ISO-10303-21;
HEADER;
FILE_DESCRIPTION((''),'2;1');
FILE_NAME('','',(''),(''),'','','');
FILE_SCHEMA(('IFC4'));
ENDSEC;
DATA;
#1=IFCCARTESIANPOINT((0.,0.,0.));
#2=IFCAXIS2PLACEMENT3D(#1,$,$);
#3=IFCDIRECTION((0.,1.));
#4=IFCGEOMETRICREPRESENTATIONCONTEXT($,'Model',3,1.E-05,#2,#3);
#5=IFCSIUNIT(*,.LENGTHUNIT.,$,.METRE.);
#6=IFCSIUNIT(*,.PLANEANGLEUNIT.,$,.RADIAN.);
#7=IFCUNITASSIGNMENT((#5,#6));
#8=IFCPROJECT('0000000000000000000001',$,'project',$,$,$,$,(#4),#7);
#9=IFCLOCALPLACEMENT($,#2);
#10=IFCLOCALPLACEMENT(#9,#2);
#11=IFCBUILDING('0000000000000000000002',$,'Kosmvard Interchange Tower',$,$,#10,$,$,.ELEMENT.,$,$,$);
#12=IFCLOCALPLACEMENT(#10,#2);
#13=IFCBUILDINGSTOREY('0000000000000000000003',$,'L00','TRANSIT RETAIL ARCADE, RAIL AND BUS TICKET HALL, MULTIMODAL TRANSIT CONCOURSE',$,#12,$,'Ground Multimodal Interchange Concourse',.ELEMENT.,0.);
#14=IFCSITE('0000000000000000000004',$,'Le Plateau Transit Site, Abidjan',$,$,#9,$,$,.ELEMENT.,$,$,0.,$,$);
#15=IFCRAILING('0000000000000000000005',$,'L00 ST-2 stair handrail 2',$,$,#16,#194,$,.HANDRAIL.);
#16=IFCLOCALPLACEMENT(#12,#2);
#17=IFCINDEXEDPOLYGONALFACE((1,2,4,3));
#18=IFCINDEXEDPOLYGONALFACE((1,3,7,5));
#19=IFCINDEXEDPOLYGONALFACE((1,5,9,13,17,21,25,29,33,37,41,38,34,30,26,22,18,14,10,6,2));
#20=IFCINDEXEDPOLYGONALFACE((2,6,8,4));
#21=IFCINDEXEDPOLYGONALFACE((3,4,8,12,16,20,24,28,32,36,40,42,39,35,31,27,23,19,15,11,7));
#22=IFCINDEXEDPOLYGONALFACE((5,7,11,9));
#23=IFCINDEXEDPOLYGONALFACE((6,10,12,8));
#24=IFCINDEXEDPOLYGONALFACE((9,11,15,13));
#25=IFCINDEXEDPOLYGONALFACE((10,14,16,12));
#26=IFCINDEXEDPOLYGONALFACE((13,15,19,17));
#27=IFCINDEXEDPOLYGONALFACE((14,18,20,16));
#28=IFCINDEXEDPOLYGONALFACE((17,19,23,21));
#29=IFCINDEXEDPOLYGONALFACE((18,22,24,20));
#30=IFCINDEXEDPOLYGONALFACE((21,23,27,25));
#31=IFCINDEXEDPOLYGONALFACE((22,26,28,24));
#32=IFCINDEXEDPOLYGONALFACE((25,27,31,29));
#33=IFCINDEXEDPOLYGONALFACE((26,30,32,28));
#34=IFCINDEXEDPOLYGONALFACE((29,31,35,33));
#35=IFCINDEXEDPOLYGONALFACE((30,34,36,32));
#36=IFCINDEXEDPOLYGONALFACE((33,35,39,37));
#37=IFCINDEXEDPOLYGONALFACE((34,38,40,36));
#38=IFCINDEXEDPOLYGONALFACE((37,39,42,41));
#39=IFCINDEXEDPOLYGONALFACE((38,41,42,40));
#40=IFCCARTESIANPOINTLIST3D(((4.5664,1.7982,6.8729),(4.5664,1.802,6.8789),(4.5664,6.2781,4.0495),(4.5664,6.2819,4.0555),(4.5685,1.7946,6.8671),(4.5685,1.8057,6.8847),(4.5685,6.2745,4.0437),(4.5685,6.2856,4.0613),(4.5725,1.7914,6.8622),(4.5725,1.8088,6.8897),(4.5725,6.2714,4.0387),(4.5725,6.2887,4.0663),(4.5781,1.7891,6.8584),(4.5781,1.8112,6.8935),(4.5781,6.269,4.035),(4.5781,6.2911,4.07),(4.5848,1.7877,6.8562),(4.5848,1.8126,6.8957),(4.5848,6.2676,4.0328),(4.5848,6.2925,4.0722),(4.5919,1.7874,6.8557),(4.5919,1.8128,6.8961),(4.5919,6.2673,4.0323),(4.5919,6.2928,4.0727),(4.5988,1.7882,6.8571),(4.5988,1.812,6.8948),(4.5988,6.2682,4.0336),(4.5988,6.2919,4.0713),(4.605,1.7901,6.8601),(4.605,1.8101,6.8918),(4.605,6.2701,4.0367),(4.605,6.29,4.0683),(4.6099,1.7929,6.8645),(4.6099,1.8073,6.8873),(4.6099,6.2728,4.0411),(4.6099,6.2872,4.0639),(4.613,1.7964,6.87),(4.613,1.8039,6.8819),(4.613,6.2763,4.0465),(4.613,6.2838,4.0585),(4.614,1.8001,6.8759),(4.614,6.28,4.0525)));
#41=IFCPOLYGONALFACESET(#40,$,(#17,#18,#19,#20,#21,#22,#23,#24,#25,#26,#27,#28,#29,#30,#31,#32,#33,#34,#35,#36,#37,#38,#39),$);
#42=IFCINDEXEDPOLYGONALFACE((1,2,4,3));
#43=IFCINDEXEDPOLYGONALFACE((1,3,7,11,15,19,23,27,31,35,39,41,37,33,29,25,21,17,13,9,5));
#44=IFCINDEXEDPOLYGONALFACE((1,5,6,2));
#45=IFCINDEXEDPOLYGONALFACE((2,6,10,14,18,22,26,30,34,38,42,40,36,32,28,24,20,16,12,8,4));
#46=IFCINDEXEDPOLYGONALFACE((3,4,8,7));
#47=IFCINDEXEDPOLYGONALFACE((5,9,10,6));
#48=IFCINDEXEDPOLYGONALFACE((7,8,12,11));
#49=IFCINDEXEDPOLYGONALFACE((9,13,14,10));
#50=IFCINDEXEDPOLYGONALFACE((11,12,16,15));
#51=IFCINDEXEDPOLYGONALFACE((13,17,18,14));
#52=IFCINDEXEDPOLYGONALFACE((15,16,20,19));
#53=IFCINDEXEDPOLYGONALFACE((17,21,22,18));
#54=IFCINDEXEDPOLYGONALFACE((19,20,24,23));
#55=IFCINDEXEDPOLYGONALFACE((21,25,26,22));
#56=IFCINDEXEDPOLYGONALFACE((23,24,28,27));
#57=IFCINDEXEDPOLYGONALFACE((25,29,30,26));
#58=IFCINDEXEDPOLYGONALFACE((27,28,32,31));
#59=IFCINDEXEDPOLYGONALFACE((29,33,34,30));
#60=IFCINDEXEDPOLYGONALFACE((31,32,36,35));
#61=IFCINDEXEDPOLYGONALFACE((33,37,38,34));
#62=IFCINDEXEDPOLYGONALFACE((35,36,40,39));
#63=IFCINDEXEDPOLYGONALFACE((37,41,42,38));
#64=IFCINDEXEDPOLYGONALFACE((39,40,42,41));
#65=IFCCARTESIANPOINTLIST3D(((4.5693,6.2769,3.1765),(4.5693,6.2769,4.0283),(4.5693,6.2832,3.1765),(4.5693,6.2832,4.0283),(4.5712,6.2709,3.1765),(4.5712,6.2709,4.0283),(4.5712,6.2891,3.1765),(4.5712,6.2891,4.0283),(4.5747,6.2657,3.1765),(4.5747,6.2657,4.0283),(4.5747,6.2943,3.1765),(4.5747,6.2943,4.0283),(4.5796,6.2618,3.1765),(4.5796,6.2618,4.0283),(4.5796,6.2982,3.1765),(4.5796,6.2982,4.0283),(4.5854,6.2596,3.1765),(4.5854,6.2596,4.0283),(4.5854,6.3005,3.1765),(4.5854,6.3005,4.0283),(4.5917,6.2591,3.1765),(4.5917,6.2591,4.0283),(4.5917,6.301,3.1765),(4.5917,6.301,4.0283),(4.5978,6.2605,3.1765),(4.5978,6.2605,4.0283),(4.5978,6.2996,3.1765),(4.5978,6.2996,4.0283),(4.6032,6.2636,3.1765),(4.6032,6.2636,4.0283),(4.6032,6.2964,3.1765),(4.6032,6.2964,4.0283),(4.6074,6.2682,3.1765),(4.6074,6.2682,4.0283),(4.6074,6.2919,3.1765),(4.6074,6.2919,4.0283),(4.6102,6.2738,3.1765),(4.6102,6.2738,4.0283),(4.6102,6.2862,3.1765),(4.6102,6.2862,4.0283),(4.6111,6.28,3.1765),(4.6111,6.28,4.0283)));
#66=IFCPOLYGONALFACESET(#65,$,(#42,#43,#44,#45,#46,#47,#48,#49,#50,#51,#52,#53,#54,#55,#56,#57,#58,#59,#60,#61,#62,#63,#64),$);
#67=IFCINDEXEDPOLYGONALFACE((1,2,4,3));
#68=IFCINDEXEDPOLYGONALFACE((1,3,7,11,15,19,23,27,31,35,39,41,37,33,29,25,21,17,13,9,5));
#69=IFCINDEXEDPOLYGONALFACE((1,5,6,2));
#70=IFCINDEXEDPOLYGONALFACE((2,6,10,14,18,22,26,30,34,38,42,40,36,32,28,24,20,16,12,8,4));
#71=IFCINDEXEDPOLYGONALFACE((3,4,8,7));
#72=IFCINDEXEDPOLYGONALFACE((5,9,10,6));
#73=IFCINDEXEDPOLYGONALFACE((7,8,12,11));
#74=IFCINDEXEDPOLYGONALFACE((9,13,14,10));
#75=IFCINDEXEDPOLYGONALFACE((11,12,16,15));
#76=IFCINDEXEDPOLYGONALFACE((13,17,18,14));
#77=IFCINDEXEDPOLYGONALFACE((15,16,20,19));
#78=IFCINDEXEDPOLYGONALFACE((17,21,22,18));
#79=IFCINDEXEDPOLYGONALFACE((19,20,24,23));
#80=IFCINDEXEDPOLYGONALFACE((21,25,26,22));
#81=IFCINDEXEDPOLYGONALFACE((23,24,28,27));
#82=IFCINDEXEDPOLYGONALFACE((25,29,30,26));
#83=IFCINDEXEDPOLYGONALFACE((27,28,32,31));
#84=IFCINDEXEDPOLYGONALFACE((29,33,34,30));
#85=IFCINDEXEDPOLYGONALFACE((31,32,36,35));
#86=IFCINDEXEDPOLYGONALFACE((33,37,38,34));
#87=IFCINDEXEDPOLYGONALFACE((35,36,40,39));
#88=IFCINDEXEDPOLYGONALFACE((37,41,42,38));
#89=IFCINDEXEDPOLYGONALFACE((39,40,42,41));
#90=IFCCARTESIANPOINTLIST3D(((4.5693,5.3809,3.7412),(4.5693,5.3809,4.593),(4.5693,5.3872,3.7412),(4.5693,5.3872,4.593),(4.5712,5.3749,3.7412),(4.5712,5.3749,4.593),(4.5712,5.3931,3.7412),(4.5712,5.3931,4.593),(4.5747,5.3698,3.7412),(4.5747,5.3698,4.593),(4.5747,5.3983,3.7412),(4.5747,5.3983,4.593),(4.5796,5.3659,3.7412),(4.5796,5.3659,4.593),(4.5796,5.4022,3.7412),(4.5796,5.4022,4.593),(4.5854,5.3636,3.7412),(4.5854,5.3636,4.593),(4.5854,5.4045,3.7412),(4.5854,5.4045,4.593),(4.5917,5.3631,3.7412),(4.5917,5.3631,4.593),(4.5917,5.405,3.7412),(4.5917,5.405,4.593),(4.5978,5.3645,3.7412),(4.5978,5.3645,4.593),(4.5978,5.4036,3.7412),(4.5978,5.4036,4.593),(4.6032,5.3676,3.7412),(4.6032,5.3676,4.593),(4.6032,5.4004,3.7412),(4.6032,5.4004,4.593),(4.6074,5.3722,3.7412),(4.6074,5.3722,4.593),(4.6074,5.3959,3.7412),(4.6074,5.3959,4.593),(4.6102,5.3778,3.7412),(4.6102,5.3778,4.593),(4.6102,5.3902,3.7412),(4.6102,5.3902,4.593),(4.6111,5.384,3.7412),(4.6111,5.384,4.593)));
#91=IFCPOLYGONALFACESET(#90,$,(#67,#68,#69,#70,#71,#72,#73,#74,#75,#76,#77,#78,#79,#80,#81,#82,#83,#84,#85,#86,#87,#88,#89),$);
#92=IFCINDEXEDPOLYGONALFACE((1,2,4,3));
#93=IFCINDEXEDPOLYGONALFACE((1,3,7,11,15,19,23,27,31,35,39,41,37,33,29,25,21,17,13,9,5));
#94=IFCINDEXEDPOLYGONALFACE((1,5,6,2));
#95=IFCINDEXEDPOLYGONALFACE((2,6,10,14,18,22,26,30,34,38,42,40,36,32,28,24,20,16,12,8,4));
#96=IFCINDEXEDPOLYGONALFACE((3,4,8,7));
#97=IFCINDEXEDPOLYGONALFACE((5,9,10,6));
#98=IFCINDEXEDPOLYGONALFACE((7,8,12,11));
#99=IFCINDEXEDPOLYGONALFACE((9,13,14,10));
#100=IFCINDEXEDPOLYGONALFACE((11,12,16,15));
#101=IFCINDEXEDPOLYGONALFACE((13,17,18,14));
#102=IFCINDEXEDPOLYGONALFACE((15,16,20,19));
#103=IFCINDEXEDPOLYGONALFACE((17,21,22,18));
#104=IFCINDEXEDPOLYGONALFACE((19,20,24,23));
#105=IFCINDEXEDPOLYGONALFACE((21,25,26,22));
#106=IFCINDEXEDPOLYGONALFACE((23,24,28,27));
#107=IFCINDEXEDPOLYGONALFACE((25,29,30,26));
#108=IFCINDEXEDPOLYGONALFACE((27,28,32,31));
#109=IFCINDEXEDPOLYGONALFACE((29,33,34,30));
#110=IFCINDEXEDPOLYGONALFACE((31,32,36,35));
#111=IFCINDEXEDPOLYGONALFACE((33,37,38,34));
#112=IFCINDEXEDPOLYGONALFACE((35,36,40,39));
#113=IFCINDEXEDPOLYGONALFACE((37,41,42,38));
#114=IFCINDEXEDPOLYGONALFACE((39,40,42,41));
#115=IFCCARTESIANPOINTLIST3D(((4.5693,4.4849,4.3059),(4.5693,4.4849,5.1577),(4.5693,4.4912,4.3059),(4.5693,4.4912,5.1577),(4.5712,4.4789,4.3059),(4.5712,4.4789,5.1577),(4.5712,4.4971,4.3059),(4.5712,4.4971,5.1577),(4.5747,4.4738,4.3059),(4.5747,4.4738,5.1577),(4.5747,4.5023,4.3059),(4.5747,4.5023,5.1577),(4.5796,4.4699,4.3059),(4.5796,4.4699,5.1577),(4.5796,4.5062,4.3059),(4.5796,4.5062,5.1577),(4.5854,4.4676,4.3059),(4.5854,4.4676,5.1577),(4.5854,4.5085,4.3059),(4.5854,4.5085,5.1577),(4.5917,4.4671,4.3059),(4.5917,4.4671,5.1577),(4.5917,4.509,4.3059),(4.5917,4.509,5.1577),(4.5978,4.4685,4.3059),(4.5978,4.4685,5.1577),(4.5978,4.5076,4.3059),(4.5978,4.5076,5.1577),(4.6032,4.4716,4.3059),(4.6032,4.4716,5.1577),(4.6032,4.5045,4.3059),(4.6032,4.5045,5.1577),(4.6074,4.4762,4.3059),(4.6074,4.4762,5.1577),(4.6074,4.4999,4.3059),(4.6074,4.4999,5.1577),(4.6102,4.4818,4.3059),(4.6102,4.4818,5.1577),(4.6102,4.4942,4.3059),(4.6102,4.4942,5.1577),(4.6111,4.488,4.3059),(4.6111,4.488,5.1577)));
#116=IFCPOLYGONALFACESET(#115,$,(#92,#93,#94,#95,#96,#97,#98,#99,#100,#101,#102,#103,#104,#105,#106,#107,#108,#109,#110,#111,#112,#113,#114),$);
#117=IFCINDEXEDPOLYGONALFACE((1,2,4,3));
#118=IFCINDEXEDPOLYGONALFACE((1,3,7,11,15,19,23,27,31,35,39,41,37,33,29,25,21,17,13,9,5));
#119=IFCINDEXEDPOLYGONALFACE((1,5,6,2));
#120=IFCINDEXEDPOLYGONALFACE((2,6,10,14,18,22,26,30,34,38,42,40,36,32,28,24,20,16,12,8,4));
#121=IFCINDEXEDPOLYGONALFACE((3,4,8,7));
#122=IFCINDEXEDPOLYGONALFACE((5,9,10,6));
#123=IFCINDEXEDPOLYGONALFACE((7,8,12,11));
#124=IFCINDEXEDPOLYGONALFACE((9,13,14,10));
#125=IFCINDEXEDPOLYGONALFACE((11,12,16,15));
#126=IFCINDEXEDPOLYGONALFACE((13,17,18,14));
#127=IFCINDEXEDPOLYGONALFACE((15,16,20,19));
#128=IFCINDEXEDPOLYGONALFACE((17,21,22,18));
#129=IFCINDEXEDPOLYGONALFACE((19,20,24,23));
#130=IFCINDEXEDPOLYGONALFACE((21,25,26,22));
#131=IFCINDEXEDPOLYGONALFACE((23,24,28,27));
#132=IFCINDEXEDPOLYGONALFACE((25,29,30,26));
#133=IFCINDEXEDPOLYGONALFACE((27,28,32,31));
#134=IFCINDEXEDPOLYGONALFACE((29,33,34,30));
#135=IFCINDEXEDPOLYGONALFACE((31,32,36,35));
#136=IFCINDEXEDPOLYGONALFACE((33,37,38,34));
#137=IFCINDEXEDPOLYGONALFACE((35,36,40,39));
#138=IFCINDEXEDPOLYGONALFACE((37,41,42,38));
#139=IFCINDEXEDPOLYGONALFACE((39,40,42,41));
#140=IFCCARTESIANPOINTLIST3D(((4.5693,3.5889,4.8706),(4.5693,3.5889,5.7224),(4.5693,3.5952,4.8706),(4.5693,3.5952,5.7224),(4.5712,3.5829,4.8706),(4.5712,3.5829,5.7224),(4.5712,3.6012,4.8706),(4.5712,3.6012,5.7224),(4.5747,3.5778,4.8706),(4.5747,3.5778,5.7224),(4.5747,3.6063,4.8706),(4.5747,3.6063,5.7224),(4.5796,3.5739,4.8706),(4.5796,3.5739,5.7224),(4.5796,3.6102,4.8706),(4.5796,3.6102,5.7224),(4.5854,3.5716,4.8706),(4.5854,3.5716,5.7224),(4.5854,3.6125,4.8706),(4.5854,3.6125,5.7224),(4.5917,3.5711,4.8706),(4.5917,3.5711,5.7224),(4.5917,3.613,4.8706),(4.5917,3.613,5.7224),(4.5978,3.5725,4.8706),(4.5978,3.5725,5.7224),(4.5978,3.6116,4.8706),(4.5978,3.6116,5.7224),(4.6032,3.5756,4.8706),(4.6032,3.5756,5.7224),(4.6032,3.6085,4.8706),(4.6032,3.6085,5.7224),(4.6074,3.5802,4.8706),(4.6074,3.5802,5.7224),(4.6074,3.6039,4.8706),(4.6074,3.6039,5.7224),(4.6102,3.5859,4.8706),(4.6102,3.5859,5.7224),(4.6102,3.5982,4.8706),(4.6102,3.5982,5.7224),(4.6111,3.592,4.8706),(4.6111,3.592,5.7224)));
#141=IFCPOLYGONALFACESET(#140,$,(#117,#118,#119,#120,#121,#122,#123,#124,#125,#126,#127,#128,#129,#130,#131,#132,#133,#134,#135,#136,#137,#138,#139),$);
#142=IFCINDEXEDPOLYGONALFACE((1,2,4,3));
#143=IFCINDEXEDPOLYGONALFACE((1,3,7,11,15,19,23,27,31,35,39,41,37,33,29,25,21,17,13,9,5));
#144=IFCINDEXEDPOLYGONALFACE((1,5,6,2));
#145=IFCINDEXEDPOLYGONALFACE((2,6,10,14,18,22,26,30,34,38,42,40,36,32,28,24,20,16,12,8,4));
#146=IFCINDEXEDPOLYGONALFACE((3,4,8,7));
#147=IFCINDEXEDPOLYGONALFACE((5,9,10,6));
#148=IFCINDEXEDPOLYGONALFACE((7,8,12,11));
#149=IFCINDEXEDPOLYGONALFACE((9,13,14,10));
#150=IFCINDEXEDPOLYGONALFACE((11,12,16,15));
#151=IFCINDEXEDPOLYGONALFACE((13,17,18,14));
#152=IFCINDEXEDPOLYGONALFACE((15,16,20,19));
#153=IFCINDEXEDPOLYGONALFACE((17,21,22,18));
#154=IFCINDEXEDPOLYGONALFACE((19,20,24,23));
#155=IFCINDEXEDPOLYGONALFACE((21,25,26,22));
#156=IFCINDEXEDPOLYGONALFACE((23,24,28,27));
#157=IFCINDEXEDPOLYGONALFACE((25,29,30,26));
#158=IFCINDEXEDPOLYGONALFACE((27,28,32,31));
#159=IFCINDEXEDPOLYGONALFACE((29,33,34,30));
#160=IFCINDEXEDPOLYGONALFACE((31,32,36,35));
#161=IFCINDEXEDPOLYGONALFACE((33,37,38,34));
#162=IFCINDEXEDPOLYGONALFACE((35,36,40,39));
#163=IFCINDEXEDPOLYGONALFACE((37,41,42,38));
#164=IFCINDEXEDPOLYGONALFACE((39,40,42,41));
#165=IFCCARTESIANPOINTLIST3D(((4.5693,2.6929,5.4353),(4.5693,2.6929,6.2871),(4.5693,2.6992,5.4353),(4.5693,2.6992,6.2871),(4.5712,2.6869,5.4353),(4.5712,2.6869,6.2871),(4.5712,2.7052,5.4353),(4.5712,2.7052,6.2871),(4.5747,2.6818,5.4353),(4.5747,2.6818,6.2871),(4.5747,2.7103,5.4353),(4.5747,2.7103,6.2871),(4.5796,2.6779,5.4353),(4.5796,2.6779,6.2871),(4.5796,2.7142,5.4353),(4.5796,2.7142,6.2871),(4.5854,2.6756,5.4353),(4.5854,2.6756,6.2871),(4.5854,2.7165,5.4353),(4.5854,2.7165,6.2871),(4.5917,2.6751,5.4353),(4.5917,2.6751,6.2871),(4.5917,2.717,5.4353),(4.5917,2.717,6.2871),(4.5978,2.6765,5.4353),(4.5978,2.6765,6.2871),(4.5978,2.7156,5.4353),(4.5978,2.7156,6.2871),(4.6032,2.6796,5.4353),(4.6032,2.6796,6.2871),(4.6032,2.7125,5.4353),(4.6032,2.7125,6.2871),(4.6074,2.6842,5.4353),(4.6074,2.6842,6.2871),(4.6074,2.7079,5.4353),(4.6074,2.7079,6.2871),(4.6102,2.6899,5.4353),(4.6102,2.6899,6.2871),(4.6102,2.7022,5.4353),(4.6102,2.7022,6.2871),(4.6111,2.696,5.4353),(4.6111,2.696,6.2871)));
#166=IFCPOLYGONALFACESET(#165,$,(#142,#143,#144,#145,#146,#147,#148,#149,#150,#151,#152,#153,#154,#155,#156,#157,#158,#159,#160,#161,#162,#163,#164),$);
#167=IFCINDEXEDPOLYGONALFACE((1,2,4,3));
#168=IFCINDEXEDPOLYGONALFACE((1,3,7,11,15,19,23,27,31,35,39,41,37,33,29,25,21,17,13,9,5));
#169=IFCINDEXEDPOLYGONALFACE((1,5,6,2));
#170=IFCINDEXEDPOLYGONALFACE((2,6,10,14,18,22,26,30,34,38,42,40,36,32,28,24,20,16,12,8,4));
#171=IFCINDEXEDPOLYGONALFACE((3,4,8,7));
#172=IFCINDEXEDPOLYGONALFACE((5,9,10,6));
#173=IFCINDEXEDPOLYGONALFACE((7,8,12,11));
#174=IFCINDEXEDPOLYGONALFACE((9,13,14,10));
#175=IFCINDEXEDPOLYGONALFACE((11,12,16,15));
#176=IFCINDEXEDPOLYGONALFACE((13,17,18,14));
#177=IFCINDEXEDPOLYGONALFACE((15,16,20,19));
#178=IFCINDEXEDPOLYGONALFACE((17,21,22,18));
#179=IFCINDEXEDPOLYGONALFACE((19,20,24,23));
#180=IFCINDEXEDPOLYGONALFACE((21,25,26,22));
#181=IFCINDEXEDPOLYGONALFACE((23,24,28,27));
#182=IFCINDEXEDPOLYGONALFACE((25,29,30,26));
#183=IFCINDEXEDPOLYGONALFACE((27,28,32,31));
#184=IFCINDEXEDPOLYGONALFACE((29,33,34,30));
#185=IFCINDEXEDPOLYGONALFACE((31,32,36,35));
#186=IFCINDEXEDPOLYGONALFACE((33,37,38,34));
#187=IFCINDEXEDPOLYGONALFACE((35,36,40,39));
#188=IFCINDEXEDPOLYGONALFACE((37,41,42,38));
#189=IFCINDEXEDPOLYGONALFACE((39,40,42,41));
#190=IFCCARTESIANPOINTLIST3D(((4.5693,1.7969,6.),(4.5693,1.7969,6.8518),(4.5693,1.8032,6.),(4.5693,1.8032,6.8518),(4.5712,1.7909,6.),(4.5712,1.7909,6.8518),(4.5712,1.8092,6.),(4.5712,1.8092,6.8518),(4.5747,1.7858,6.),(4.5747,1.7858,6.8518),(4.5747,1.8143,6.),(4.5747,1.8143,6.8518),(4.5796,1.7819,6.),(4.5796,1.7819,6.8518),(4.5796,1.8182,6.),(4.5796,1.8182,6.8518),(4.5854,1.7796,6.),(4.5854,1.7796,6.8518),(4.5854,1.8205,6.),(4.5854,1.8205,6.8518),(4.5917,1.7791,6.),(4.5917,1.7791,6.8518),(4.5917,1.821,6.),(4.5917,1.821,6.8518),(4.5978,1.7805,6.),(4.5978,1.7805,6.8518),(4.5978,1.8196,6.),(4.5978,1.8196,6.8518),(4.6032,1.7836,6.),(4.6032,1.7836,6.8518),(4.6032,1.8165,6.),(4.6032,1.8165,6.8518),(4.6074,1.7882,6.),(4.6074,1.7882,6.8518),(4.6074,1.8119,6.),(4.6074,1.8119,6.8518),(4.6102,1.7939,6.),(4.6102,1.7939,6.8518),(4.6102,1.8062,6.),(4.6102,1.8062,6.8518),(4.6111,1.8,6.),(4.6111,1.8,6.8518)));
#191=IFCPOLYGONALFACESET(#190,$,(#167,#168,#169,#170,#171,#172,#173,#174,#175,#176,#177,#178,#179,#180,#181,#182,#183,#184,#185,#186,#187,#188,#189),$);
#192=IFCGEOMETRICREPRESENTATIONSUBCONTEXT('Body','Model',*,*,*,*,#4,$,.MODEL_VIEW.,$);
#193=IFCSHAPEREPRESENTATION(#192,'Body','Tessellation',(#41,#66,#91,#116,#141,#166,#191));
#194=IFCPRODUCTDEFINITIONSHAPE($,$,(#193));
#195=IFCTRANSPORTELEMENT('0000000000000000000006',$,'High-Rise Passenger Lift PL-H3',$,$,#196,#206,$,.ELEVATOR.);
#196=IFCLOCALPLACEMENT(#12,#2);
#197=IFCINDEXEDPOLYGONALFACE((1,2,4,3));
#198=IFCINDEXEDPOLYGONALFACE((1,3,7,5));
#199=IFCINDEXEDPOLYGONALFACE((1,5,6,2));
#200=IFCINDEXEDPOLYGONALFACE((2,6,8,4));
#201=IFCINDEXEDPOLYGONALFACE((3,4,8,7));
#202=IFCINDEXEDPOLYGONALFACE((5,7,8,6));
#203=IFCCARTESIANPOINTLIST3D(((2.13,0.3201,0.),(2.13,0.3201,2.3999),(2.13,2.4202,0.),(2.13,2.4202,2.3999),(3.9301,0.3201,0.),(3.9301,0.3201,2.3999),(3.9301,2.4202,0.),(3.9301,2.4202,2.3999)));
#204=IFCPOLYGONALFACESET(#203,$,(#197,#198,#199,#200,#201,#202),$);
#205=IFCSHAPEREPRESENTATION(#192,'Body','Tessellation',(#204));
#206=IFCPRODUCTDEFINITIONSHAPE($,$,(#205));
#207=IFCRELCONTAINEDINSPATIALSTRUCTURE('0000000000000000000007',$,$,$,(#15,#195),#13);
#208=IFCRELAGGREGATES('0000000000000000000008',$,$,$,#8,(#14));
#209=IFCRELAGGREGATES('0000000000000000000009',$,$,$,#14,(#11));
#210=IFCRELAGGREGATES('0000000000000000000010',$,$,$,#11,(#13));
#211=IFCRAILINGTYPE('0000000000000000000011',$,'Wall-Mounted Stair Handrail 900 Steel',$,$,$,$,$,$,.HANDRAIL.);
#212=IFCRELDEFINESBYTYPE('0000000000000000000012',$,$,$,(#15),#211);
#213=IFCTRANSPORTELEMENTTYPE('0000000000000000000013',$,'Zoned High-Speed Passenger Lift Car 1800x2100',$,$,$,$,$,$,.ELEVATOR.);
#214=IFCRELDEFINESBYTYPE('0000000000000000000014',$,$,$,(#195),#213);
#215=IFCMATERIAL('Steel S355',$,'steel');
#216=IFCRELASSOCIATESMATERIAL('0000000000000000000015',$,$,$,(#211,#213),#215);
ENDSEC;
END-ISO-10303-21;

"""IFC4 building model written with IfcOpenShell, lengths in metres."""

from ifc_helpers import new_model, si_unit, direction, frame, origin, origin_2d, place, context, subcontext, project, spatial, rectangle, circle, extrude, source, transform, mapped, material, type_object, element, save


model = new_model("IFC4")

# Units and contexts
model_context = context("Model", 3, precision=1e-05, world=origin(), true_north=direction((0.0, 1.0)))
body_context = subcontext(model_context, "Body", "Model", "MODEL_VIEW")
ifc_project = project(units=[si_unit("LENGTHUNIT", "METRE"), si_unit("PLANEANGLEUNIT", "RADIAN")], contexts=[model_context])

# Site, building, storey
site_placement = place(None, origin())
site = spatial("IfcSite", under=ifc_project, at=site_placement, Name="Le Plateau Transit Site, Abidjan", CompositionType="ELEMENT", RefElevation=0.0)
building_placement = place(site_placement, origin())
building = spatial("IfcBuilding", under=site, at=building_placement, Name="Kosmvard Interchange Tower", CompositionType="ELEMENT")
storey_placement = place(building_placement, origin())
storey = spatial("IfcBuildingStorey", under=building, at=storey_placement, Name="L00", Description="TRANSIT RETAIL ARCADE, RAIL AND BUS TICKET HALL, MULTIMODAL TRANSIT CONCOURSE", LongName="Ground Multimodal Interchange Concourse", CompositionType="ELEMENT", Elevation=0.0)

# Railing
ifc_material_1 = material(Name="Steel S355", Category="steel")
railing_type_1 = type_object("IfcRailingType", Name="Wall-Mounted Stair Handrail 900 Steel", PredefinedType="HANDRAIL", material=ifc_material_1)
shared_shape_1 = source(origin(), body_context, "Body", "SweptSolid", [
    extrude(circle(Radius=0.0239, at=origin_2d()), frame((0.0, 0.0, 0.876), z_axis=(0.0, -0.845998, 0.533186), x_axis=(1.0, 0.0, 0.0)), (0.0, 0.0, 1.0), 5.2954),
    extrude(circle(Radius=0.021, at=origin_2d()), origin(), (0.0, 0.0, 1.0), 0.8518),
    extrude(circle(Radius=0.021, at=origin_2d()), frame((0.0, -0.896, 0.5647)), (0.0, 0.0, 1.0), 0.8518),
    extrude(circle(Radius=0.021, at=origin_2d()), frame((0.0, -1.792, 1.1294)), (0.0, 0.0, 1.0), 0.8518),
    extrude(circle(Radius=0.021, at=origin_2d()), frame((0.0, -2.688, 1.6941)), (0.0, 0.0, 1.0), 0.8518),
    extrude(circle(Radius=0.021, at=origin_2d()), frame((0.0, -3.584, 2.2588)), (0.0, 0.0, 1.0), 0.8518),
    extrude(circle(Radius=0.021, at=origin_2d()), frame((0.0, -4.48, 2.8235)), (0.0, 0.0, 1.0), 0.8518),
])
railing_1_placement = place(storey_placement, frame((4.5901, 6.28, 3.1765)))
element("IfcRailing", 1, at=railing_1_placement, inside=storey, type_object=railing_type_1, Name="L00 ST-2 stair handrail 2", PredefinedType="HANDRAIL", context=body_context, shape_type="MappedRepresentation", body=[
    mapped(shared_shape_1, transform((0.0, 0.0, 0.0), scale=1.0)),
])

# Transport element
transport_element_type = type_object("IfcTransportElementType", Name="Zoned High-Speed Passenger Lift Car 1800x2100", PredefinedType="ELEVATOR", material=ifc_material_1)
shared_shape_2 = source(origin(), body_context, "Body", "SweptSolid", [
    extrude(rectangle(XDim=1.8, YDim=2.1001, at=origin_2d()), origin(), (0.0, 0.0, 1.0), 2.3999),
])
for number, where, z_axis, x_axis, name in (
    (2, (3.03, 1.3701, 0.0), (0.0, 0.0, 1.0), (1.0, 0.0, 0.0), "High-Rise Passenger Lift PL-H3"),
):
    element("IfcTransportElement", number, at=place(storey_placement, frame(where, z_axis=z_axis, x_axis=x_axis)), inside=storey, type_object=transport_element_type, Name=name, PredefinedType="ELEVATOR", context=body_context, shape_type="MappedRepresentation", body=[
        mapped(shared_shape_2, transform((0.0, 0.0, 0.0), scale=1.0)),
    ])

save(model, "model.ifc")
